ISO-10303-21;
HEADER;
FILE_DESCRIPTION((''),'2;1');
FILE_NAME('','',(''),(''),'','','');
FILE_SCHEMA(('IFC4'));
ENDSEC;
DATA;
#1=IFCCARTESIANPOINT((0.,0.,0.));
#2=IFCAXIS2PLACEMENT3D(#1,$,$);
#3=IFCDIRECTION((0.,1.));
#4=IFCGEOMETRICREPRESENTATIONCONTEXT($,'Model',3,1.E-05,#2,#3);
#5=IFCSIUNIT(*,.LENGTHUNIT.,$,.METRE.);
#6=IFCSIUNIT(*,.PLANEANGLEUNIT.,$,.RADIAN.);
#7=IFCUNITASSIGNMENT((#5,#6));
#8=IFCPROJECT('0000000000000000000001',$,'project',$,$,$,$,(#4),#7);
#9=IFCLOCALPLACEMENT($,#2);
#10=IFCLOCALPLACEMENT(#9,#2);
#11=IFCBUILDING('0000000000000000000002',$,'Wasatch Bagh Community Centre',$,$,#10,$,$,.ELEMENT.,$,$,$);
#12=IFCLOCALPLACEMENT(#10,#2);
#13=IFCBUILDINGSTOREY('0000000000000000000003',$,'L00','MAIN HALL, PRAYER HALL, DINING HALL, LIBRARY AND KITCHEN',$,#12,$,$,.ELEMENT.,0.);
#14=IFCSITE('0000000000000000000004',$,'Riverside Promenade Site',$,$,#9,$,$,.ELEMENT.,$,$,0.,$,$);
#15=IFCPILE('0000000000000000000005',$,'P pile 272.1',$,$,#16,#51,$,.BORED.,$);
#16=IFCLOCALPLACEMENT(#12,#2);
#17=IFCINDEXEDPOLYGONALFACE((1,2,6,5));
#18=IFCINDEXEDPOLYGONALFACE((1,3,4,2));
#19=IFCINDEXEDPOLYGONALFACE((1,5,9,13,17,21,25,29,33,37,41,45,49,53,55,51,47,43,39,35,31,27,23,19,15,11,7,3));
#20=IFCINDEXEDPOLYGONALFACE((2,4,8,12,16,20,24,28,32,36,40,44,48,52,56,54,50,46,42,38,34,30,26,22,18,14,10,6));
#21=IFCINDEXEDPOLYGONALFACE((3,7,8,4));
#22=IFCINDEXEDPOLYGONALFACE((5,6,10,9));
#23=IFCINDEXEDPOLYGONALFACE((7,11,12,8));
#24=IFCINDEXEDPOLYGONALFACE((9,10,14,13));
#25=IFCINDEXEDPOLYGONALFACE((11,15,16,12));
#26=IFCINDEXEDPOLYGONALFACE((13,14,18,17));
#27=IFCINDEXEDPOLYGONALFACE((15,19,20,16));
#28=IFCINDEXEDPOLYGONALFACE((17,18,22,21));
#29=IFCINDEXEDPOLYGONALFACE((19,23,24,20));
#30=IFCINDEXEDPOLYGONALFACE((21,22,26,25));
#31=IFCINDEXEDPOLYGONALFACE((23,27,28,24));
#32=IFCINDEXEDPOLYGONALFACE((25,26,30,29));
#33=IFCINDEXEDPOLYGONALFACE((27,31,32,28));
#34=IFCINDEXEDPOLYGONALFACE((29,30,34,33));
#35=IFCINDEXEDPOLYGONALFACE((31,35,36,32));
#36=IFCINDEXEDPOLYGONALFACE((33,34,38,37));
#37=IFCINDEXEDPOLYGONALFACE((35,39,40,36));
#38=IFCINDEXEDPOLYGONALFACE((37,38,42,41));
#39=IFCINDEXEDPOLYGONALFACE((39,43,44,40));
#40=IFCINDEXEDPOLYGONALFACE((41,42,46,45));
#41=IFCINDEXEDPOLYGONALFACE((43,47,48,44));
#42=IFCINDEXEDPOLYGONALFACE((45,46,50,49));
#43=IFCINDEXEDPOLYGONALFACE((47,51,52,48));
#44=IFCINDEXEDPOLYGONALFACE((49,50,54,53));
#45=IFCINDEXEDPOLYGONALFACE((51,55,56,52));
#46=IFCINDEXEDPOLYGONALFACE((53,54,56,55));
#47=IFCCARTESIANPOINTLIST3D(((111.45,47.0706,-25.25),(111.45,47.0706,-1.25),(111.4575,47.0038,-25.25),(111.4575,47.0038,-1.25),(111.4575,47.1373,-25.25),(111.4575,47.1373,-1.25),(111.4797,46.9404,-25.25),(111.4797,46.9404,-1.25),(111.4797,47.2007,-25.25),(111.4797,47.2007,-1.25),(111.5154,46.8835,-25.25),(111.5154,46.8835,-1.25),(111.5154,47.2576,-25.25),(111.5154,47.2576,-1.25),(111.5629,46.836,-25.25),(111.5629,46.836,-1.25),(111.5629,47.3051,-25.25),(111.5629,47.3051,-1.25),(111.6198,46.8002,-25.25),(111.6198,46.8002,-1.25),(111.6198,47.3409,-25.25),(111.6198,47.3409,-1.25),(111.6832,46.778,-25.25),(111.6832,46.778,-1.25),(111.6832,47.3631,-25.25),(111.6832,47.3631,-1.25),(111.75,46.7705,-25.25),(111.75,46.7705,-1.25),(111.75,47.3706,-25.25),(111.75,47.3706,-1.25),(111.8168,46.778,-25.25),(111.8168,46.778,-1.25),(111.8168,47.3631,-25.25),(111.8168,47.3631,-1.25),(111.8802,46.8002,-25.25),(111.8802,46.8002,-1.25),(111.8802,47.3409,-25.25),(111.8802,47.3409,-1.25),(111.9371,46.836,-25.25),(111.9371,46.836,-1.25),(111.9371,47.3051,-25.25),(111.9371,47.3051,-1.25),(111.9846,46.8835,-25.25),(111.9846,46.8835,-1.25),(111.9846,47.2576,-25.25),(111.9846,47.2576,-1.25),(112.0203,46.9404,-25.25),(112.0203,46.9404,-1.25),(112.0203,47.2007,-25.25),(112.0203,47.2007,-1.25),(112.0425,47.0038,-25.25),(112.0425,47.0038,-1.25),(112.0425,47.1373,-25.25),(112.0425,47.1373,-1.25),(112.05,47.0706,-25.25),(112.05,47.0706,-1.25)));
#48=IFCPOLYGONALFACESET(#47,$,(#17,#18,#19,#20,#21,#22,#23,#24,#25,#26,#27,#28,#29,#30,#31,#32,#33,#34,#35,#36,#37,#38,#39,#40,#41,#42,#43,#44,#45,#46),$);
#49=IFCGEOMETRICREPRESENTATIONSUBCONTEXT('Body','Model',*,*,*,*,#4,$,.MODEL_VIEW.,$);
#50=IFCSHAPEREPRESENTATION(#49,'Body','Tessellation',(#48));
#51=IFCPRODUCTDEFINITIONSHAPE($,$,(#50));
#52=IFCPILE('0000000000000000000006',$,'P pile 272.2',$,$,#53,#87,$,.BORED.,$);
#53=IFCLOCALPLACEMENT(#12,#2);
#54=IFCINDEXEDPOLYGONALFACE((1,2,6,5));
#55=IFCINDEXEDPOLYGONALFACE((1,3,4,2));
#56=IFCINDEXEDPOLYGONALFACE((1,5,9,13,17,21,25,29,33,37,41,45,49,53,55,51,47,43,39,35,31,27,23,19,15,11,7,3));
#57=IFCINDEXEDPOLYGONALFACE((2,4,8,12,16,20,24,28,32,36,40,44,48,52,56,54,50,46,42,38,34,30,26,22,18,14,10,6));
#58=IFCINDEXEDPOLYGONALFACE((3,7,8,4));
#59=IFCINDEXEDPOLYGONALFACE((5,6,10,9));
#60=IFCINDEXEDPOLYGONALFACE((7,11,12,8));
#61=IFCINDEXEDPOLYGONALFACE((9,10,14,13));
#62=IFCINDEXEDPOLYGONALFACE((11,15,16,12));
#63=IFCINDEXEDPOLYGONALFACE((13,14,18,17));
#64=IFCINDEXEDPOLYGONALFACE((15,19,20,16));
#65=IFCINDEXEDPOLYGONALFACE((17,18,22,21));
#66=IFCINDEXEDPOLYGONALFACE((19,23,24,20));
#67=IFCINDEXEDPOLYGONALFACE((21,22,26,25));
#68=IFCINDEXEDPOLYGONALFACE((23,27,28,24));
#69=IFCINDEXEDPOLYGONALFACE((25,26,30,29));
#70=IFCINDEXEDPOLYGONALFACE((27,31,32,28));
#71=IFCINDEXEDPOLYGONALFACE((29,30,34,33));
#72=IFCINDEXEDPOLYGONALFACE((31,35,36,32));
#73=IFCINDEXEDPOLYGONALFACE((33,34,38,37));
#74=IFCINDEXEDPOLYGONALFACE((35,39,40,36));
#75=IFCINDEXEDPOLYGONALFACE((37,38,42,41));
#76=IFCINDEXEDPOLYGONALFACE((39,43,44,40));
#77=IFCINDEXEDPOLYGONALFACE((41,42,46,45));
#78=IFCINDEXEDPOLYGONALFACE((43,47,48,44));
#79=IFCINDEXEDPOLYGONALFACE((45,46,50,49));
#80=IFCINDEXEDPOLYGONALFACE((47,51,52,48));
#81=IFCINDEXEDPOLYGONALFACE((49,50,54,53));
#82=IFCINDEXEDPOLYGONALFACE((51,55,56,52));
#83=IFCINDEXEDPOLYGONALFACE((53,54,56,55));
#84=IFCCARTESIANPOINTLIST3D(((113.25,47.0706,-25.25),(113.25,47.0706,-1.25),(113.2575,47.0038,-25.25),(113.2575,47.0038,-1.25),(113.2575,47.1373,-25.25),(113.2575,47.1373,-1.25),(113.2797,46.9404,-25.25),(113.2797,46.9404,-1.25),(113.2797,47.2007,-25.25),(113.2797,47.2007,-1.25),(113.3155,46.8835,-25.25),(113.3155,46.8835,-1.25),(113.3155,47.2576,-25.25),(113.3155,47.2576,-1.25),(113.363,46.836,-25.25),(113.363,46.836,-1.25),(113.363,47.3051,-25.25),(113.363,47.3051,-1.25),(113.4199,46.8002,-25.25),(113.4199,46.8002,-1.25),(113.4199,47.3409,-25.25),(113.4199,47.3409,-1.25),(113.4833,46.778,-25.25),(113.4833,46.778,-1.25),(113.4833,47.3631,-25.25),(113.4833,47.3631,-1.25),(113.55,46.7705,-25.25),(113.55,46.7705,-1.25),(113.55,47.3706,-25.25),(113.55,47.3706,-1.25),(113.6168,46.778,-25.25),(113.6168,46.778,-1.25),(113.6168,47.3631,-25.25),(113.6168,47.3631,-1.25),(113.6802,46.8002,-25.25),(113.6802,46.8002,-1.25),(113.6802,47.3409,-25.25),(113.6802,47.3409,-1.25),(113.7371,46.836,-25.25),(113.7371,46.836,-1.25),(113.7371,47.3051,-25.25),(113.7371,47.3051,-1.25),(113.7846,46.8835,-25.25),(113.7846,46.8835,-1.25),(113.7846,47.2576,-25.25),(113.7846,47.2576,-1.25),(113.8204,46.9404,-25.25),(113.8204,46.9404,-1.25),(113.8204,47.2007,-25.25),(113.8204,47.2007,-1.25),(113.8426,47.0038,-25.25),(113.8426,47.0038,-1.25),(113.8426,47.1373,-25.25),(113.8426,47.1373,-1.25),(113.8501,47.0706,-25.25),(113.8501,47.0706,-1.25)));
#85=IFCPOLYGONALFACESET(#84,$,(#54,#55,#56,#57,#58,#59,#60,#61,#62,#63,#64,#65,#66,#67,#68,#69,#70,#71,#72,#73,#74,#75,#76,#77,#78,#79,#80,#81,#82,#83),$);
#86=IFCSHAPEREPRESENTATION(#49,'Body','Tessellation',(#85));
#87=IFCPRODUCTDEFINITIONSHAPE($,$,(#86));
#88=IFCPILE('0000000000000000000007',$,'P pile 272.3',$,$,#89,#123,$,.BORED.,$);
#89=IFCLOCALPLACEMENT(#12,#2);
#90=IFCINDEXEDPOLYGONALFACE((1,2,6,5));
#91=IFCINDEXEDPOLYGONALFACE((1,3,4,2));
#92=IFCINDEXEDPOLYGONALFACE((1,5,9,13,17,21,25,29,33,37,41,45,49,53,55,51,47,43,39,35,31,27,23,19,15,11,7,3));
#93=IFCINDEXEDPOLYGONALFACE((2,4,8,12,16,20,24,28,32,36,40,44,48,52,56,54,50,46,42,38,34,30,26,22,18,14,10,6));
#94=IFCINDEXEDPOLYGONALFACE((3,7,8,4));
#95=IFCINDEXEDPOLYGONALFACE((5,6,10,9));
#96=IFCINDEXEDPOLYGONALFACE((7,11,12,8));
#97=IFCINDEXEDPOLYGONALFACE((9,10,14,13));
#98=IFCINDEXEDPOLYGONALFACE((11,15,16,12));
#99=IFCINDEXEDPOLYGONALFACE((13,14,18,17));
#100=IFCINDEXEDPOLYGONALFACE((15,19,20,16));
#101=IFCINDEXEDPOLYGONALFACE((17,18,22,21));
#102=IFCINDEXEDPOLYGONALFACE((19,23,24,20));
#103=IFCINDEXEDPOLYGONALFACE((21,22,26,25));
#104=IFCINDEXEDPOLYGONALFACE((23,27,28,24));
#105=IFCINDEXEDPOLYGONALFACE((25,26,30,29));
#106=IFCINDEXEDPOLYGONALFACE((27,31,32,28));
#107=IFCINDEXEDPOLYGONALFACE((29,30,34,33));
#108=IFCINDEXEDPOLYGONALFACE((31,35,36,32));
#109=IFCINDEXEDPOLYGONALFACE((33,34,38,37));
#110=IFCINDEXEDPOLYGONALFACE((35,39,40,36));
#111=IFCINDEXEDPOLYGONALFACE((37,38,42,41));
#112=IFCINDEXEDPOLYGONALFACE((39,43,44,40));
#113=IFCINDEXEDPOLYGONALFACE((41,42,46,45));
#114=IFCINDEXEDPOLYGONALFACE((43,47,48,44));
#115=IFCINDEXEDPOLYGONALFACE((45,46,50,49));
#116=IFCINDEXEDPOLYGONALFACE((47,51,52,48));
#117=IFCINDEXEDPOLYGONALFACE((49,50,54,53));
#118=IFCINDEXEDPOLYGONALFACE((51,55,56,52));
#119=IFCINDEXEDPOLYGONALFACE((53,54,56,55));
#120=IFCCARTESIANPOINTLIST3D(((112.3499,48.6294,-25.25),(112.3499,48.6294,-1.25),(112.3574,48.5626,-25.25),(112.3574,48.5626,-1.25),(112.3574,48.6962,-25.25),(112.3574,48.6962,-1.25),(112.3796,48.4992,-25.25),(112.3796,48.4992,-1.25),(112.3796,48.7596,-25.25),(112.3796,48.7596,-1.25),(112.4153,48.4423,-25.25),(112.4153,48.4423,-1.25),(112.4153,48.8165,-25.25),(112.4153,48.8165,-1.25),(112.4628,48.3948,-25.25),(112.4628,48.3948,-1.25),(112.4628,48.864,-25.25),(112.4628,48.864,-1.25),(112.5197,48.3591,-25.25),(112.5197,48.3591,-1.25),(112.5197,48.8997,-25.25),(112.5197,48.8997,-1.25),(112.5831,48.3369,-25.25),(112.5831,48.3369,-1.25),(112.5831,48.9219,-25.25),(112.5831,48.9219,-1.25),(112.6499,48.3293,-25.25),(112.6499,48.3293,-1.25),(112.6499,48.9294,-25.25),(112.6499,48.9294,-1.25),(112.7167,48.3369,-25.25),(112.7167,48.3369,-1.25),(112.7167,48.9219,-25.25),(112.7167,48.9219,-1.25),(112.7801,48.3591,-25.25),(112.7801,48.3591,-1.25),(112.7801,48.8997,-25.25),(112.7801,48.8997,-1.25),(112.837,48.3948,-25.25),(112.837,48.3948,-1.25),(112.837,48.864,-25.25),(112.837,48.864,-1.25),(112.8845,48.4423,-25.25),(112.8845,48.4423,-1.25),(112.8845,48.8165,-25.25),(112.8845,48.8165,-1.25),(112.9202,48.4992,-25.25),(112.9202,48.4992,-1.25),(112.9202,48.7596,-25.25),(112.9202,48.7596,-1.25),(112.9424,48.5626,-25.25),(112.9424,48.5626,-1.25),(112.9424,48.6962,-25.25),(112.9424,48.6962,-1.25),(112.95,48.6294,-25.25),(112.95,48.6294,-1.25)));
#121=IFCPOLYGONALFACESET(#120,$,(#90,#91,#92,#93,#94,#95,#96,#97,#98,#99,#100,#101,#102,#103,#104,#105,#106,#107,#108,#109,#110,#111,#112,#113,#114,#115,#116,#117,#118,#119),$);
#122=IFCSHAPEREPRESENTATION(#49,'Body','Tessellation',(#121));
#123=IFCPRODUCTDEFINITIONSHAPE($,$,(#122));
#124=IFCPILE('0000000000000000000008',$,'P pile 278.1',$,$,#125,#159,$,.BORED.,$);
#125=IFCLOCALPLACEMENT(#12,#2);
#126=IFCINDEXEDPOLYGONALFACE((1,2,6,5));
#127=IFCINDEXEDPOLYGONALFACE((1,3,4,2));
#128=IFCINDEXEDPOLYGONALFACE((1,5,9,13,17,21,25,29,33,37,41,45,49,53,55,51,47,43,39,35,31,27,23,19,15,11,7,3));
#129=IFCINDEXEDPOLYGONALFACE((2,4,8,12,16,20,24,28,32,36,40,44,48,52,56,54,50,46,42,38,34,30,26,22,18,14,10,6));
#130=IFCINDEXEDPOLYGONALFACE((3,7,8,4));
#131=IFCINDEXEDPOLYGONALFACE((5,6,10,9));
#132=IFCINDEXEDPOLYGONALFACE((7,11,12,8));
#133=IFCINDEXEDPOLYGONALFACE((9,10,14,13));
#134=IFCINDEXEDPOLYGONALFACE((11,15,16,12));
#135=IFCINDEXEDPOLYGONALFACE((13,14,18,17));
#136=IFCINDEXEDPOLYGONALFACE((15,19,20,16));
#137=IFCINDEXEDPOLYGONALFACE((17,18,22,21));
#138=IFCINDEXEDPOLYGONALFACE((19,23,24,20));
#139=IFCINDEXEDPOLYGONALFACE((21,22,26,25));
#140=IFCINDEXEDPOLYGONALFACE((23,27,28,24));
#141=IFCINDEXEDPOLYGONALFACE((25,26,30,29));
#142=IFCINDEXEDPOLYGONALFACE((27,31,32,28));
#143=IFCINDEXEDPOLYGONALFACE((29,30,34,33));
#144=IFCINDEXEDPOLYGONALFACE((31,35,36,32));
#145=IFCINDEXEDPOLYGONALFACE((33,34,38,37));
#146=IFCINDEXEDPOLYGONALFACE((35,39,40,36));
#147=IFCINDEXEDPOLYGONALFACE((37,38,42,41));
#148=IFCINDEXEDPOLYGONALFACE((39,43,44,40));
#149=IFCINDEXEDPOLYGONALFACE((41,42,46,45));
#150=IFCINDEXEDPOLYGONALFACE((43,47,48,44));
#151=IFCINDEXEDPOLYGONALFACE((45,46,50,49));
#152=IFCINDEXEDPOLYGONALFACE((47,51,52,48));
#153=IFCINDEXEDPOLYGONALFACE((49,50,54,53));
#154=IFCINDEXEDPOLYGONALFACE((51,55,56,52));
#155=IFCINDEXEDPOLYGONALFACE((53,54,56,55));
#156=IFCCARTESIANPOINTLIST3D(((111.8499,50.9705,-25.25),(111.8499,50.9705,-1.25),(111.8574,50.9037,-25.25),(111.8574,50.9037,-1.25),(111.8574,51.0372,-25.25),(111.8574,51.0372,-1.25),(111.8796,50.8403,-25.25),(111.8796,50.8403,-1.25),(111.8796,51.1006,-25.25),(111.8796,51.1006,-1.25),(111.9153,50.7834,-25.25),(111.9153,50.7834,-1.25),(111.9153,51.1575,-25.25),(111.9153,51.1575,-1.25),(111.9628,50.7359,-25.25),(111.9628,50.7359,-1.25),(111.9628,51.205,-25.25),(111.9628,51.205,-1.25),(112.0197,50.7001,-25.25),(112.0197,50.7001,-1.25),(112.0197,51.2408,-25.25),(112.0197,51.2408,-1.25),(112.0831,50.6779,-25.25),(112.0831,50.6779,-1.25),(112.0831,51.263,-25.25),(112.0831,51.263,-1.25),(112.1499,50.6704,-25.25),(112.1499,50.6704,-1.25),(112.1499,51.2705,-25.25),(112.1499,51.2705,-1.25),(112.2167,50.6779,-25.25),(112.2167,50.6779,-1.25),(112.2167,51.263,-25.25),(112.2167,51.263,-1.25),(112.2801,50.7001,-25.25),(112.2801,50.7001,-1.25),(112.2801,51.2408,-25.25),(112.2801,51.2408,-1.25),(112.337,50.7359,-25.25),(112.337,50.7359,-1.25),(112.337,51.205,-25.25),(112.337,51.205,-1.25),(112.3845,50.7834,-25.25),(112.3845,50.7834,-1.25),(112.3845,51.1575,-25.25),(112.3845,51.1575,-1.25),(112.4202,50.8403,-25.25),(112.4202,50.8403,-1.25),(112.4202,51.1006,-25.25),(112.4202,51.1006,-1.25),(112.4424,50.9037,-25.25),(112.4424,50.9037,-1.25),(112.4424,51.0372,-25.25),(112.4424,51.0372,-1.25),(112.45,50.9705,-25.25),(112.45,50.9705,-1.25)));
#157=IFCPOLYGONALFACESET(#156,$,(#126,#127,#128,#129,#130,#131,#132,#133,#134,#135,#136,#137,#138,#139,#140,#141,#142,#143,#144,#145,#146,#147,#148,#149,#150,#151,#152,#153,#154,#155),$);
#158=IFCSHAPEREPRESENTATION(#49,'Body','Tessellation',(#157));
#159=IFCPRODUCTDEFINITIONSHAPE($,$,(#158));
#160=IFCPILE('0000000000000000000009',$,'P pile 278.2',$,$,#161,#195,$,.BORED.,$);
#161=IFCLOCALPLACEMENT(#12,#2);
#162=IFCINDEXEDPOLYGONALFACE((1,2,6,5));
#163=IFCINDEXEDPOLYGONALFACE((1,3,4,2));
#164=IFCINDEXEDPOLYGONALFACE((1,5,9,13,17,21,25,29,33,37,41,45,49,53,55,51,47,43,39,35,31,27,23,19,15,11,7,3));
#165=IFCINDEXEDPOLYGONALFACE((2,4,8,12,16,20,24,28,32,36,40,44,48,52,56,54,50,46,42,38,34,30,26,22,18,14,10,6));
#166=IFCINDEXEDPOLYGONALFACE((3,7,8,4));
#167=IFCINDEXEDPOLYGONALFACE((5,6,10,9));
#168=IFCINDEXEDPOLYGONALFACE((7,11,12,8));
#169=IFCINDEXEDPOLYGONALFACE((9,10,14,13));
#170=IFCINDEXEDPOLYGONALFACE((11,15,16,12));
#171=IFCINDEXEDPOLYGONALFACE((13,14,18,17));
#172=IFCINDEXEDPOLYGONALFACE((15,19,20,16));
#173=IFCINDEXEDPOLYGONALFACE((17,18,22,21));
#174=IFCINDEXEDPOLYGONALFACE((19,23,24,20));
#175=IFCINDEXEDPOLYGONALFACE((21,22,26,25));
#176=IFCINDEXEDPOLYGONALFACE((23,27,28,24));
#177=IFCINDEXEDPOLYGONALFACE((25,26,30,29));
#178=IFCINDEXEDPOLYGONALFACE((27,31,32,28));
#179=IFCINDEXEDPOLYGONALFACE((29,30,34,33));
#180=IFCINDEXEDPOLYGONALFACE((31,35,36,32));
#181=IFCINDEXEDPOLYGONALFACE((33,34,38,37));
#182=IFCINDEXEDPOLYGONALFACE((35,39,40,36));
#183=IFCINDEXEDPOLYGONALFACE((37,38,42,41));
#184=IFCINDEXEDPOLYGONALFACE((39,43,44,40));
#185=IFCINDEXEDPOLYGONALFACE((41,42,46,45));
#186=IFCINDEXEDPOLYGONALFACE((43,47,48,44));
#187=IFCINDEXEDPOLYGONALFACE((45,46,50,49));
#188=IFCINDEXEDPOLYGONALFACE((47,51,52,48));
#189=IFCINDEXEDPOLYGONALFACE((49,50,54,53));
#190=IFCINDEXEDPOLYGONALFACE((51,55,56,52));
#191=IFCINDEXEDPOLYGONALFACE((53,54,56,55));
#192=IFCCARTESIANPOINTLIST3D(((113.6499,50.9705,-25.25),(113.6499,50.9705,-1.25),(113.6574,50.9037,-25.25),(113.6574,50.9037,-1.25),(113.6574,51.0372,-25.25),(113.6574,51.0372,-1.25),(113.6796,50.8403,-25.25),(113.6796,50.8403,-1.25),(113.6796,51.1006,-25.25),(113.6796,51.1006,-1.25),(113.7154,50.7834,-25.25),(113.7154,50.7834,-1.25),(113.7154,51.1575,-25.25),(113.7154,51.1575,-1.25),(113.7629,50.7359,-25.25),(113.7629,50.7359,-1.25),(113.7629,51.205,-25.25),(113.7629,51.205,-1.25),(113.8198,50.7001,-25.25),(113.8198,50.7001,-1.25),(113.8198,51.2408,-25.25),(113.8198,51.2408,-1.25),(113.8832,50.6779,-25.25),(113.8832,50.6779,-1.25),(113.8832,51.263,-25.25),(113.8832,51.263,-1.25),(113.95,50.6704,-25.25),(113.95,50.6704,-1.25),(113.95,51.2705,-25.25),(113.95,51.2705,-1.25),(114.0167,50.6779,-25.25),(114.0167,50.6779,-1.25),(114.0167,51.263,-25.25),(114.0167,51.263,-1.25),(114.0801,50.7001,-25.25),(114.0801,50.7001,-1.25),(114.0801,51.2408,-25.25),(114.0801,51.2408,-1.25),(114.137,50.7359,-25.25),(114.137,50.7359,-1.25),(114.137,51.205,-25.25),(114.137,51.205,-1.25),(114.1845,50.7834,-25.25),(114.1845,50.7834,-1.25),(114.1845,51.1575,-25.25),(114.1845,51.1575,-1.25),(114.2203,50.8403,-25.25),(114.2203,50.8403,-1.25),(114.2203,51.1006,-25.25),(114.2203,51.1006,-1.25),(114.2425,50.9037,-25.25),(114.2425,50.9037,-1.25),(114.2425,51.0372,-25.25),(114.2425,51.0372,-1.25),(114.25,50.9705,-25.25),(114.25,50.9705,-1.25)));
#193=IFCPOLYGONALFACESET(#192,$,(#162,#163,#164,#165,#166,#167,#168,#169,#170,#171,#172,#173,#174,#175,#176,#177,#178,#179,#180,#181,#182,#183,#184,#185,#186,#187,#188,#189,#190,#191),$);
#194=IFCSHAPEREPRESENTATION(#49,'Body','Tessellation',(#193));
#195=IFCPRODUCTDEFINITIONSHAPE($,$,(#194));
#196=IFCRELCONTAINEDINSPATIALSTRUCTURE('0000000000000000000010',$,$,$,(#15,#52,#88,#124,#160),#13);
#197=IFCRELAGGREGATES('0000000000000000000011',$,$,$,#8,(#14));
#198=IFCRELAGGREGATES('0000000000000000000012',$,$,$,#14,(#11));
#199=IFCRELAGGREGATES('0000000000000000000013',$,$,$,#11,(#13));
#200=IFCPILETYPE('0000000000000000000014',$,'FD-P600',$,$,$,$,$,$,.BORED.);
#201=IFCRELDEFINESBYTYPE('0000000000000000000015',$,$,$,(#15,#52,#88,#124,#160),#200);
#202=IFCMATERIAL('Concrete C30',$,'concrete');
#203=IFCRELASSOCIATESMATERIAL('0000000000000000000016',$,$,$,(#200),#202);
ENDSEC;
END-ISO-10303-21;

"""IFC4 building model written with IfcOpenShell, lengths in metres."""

from ifc_helpers import new_model, si_unit, direction, frame, origin, origin_2d, place, context, subcontext, project, spatial, circle, extrude, material, material_profile, profile_set, type_object, element, save


model = new_model("IFC4")

# Units and contexts
model_context = context("Model", 3, precision=1e-05, world=origin(), true_north=direction((0.0, 1.0)))
body_context = subcontext(model_context, "Body", "Model", "MODEL_VIEW")
ifc_project = project(units=[si_unit("LENGTHUNIT", "METRE"), si_unit("PLANEANGLEUNIT", "RADIAN")], contexts=[model_context])

# Site, building, storey
site_placement = place(None, origin())
site = spatial("IfcSite", under=ifc_project, at=site_placement, Name="Riverside Promenade Site", CompositionType="ELEMENT", RefElevation=0.0)
building_placement = place(site_placement, origin())
building = spatial("IfcBuilding", under=site, at=building_placement, Name="Wasatch Bagh Community Centre", CompositionType="ELEMENT")
storey_placement = place(building_placement, origin())
storey = spatial("IfcBuildingStorey", under=building, at=storey_placement, Name="L00", Description="MAIN HALL, PRAYER HALL, DINING HALL, LIBRARY AND KITCHEN", CompositionType="ELEMENT", Elevation=0.0)

# Piles
ifc_material_1 = material(Name="Concrete C30", Category="concrete")
ifc_material_profile_1 = material_profile(ifc_material_1, circle(Radius=0.3, at=origin_2d()), Name="RC D600")
ifc_profile_set_1 = profile_set([ifc_material_profile_1], Name="Concrete C30")
pile_type_1 = type_object("IfcPileType", Name="FD-P600", PredefinedType="BORED", material=ifc_profile_set_1)
for number, where, z_axis, x_axis, name in (
    (1, (111.75, 47.0706, -1.25), (0.0, 0.0, -1.0), (1.0, 0.0, 0.0), "P pile 272.1"),
    (2, (113.55, 47.0706, -1.25), (0.0, 0.0, -1.0), (1.0, 0.0, 0.0), "P pile 272.2"),
    (3, (112.6499, 48.6294, -1.25), (0.0, 0.0, -1.0), (1.0, 0.0, 0.0), "P pile 272.3"),
    (4, (112.1499, 50.9705, -1.25), (0.0, 0.0, -1.0), (1.0, 0.0, 0.0), "P pile 278.1"),
    (5, (113.95, 50.9705, -1.25), (0.0, 0.0, -1.0), (1.0, 0.0, 0.0), "P pile 278.2"),
):
    element("IfcPile", number, at=place(storey_placement, frame(where, z_axis=z_axis, x_axis=x_axis)), inside=storey, type_object=pile_type_1, Name=name, PredefinedType="BORED", context=body_context, shape_type="SweptSolid", body=[
        extrude(circle(Radius=0.3, at=origin_2d()), origin(), (0.0, 0.0, 1.0), 24.0),
    ])

save(model, "model.ifc")
